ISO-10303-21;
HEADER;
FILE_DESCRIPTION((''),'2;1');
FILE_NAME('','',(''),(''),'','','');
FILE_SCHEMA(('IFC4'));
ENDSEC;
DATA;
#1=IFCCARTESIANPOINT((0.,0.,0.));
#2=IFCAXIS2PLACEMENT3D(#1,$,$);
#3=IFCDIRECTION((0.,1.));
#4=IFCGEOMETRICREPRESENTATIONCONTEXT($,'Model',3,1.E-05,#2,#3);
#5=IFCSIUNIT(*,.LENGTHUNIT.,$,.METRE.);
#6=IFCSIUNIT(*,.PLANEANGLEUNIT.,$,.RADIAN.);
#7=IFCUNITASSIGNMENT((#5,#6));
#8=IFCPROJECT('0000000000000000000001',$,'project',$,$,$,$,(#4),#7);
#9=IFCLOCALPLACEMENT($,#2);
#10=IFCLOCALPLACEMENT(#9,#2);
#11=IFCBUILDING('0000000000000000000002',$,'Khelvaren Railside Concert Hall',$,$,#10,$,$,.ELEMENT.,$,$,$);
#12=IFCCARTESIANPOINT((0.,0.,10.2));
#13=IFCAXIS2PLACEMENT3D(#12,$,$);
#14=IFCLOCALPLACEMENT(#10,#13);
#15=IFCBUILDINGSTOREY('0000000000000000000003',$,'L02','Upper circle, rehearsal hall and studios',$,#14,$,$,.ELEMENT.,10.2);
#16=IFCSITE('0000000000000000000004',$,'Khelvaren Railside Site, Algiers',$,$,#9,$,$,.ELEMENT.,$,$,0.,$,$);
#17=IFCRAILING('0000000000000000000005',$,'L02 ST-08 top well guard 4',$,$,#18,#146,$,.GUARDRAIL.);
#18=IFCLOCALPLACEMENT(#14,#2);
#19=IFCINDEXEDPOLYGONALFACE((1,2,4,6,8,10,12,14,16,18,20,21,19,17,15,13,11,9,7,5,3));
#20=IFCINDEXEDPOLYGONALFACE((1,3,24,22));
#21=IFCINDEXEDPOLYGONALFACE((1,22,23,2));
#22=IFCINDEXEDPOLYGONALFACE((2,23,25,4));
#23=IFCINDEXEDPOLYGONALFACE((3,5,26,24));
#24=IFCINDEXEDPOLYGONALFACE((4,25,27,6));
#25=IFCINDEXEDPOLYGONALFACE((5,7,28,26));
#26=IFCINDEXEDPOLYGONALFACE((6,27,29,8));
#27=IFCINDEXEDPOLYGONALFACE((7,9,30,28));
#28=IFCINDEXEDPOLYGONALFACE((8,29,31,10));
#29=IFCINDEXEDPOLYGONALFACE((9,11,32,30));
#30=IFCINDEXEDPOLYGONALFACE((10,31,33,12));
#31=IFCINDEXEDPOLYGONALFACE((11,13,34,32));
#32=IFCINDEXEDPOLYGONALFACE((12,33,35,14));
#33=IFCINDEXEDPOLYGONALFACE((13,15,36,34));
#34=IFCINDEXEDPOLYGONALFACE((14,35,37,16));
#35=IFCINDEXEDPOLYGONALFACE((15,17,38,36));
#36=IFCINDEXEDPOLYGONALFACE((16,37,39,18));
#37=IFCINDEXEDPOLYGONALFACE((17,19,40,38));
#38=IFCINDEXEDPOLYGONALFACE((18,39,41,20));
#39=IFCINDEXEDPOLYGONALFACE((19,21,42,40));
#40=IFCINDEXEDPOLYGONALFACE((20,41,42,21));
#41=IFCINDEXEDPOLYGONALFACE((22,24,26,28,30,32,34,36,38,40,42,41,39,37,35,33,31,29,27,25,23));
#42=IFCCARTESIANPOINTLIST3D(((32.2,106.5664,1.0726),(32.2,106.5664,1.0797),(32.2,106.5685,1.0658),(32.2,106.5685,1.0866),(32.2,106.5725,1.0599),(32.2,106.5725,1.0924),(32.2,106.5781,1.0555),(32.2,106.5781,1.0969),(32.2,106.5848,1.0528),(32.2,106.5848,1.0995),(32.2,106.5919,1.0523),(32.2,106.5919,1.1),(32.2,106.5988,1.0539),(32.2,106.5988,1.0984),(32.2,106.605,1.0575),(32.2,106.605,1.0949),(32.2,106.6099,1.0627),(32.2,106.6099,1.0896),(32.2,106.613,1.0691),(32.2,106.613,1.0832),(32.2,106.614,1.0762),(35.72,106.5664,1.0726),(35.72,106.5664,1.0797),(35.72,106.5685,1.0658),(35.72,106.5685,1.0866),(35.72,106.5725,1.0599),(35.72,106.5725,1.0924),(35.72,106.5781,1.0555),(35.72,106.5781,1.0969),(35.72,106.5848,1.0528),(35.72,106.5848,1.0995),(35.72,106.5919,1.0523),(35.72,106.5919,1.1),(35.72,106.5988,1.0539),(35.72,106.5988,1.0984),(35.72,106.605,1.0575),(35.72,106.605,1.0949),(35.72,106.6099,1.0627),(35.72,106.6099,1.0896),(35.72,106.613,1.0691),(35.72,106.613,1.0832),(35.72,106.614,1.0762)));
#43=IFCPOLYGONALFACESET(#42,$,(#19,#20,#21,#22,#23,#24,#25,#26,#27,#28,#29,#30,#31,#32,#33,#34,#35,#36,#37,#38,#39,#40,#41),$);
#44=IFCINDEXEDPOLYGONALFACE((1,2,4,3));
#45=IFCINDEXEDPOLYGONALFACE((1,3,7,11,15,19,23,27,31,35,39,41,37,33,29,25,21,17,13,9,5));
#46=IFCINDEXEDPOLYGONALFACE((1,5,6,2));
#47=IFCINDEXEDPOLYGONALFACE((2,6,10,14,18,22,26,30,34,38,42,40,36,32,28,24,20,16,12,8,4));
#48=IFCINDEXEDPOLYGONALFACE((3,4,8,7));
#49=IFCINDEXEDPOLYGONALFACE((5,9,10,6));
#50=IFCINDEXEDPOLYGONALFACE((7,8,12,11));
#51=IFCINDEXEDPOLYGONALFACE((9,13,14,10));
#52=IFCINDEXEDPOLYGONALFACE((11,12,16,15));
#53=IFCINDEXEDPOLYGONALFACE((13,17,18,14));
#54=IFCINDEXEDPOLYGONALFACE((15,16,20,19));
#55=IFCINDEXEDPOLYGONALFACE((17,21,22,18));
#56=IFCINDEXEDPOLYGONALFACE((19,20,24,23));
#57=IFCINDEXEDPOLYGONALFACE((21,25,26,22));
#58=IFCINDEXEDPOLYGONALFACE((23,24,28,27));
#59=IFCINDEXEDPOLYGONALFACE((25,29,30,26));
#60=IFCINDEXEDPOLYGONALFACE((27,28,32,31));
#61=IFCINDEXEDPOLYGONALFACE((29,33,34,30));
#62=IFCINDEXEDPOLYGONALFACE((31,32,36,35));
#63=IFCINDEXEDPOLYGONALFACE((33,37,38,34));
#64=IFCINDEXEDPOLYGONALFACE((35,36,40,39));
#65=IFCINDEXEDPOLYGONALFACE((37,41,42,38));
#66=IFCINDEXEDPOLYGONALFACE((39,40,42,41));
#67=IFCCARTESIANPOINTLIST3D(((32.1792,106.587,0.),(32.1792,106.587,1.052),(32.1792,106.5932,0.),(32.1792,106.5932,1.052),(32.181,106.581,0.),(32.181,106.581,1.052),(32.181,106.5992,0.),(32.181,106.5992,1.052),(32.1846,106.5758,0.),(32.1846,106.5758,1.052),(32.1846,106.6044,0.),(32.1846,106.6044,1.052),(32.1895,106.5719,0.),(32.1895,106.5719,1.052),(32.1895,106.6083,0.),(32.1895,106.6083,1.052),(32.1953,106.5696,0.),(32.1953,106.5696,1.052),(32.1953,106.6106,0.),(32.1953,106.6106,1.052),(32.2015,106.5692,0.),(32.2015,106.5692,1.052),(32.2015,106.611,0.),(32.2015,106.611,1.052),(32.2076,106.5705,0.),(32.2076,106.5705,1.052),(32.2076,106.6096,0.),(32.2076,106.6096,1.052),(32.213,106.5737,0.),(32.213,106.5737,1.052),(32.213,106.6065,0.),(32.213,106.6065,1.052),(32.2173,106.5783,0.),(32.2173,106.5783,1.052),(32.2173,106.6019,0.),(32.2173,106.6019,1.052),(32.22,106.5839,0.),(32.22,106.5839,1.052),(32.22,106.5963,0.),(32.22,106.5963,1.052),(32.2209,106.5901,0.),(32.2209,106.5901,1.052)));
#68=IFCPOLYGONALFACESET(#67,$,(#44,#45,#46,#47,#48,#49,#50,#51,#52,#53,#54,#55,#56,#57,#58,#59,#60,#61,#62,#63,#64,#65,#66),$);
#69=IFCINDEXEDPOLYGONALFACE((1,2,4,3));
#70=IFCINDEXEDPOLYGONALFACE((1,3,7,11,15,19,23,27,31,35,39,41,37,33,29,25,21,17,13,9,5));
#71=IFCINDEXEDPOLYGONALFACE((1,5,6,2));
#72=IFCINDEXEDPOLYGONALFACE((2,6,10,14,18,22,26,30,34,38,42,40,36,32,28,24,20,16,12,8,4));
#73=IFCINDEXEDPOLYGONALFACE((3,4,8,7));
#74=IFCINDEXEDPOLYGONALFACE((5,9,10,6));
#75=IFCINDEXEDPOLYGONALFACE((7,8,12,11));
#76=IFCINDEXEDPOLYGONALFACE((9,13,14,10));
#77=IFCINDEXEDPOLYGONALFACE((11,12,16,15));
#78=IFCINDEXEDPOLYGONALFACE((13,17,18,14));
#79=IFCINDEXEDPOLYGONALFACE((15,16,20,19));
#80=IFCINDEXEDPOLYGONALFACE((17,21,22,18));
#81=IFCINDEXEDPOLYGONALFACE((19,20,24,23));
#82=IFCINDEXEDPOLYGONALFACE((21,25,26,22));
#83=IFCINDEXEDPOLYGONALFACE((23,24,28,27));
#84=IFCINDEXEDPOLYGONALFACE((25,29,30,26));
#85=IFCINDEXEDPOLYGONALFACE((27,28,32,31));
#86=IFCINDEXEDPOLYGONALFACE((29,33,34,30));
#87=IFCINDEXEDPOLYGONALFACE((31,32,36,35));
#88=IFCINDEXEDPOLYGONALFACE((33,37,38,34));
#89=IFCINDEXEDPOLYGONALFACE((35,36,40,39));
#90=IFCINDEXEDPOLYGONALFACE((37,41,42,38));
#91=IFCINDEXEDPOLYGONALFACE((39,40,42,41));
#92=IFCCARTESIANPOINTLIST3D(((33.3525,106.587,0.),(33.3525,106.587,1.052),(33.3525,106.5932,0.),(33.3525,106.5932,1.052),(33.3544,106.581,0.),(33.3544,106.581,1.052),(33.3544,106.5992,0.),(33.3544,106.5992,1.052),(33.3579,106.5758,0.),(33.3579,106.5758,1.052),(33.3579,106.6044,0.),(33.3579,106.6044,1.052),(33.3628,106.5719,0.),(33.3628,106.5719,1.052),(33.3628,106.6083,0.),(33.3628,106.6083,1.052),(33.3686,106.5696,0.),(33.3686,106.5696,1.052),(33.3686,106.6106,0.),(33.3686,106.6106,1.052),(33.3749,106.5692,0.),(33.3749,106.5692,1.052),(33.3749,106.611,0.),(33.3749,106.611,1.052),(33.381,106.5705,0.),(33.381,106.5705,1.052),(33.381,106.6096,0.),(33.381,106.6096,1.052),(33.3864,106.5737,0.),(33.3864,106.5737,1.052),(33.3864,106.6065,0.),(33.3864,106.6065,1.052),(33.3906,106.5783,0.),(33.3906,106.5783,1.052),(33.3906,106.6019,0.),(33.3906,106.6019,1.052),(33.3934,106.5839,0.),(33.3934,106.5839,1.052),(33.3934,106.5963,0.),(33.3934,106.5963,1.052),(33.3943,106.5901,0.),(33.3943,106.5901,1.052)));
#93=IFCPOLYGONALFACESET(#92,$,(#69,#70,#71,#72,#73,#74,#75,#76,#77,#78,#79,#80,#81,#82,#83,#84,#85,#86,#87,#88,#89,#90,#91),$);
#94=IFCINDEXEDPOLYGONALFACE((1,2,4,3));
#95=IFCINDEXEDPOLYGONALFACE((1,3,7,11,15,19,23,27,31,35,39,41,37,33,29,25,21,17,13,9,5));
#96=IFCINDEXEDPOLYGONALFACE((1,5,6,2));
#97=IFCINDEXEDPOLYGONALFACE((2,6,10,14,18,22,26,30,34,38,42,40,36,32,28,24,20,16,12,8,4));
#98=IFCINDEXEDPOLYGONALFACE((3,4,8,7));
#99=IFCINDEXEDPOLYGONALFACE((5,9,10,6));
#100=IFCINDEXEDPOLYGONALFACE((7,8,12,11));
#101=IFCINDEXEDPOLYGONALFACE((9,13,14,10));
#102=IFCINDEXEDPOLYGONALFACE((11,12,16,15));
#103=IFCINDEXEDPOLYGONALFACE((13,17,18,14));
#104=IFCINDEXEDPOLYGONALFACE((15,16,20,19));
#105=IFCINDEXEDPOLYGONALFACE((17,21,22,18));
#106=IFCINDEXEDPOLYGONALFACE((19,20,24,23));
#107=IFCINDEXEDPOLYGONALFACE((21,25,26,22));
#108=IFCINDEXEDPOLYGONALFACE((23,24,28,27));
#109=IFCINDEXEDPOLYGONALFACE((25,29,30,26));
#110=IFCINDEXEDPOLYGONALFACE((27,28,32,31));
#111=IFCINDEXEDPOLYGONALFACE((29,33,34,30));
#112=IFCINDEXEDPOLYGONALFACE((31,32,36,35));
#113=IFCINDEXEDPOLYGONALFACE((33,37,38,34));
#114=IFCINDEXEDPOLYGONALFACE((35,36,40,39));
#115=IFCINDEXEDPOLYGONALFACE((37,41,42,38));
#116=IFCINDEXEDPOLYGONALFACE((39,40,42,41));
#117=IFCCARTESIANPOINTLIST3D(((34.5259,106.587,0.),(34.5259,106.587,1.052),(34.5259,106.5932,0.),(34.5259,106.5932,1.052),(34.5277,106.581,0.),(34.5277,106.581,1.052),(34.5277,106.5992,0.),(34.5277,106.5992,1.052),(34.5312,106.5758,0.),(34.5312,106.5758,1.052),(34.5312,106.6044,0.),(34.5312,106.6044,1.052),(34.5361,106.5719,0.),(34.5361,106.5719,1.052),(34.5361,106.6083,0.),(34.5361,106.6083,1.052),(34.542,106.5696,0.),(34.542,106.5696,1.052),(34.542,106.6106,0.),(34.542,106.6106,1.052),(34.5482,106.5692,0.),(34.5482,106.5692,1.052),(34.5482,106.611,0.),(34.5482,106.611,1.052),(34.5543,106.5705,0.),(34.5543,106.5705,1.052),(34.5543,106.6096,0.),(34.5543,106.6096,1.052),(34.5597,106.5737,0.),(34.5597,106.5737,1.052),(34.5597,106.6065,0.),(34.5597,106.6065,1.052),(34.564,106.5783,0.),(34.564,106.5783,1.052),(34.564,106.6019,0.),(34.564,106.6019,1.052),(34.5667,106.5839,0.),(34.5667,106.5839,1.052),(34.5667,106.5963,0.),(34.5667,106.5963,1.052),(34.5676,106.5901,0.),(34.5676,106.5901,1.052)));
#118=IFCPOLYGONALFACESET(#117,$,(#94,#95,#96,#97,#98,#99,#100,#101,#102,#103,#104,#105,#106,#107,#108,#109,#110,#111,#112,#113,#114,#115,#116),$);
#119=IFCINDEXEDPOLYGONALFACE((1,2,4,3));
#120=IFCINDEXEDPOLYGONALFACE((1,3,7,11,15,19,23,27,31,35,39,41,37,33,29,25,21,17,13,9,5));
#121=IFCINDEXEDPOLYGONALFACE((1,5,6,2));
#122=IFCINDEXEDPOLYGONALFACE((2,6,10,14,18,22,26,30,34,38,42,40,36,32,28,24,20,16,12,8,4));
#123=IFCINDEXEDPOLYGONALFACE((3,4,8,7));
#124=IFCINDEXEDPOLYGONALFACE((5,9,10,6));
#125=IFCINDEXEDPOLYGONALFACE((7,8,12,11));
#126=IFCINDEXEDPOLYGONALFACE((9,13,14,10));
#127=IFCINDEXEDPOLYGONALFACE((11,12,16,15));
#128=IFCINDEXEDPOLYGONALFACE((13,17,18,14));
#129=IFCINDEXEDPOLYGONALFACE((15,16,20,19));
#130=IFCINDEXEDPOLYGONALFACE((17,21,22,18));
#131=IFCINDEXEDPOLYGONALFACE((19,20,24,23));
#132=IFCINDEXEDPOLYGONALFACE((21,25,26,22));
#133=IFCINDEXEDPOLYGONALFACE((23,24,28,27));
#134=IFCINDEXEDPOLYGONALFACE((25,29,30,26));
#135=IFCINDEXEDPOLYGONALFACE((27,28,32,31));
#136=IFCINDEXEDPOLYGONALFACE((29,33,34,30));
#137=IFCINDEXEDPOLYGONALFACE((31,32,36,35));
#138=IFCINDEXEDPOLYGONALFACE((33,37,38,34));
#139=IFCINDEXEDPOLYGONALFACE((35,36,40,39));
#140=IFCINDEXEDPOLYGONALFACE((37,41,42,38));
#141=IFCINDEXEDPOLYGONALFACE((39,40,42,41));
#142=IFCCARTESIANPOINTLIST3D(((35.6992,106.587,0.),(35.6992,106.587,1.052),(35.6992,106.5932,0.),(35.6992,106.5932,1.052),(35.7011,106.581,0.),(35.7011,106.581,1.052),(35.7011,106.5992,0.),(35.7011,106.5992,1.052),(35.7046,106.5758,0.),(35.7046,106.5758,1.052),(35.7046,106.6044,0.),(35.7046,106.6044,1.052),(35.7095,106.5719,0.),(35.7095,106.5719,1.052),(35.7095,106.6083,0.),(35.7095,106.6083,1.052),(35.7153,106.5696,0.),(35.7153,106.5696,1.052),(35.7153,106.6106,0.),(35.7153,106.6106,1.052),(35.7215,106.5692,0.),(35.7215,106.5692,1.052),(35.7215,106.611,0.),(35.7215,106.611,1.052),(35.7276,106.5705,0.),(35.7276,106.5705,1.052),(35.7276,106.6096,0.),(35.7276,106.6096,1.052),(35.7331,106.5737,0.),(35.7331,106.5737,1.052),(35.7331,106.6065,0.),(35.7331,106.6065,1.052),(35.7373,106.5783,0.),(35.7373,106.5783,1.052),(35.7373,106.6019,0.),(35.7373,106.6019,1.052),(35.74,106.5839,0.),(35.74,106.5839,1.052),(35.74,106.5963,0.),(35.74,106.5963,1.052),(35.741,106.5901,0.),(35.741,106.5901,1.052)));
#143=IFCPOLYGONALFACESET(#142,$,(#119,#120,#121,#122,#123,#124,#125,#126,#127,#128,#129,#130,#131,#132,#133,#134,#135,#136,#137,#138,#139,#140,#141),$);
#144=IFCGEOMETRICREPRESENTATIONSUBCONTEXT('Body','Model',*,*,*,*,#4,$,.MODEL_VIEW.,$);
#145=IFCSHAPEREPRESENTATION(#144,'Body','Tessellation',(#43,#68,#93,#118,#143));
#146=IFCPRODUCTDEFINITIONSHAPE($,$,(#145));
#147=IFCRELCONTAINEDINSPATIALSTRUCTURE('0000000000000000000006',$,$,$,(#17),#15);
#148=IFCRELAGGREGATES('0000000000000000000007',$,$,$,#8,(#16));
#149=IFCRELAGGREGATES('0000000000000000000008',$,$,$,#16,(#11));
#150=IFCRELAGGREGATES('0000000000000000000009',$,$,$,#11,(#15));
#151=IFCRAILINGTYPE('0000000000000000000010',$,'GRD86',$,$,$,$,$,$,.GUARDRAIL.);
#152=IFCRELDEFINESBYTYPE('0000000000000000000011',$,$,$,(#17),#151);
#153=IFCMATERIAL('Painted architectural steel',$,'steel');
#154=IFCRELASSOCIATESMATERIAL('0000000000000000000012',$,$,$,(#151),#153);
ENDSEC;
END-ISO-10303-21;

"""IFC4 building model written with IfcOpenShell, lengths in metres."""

from ifc_helpers import new_model, si_unit, direction, frame, origin, origin_2d, place, context, subcontext, project, spatial, circle, extrude, material, type_object, element, save


model = new_model("IFC4")

# Units and contexts
model_context = context("Model", 3, precision=1e-05, world=origin(), true_north=direction((0.0, 1.0)))
body_context = subcontext(model_context, "Body", "Model", "MODEL_VIEW")
ifc_project = project(units=[si_unit("LENGTHUNIT", "METRE"), si_unit("PLANEANGLEUNIT", "RADIAN")], contexts=[model_context])

# Site, building, storey
site_placement = place(None, origin())
site = spatial("IfcSite", under=ifc_project, at=site_placement, Name="Khelvaren Railside Site, Algiers", CompositionType="ELEMENT", RefElevation=0.0)
building_placement = place(site_placement, origin())
building = spatial("IfcBuilding", under=site, at=building_placement, Name="Khelvaren Railside Concert Hall", CompositionType="ELEMENT")
storey_placement = place(building_placement, frame((0.0, 0.0, 10.2)))
storey = spatial("IfcBuildingStorey", under=building, at=storey_placement, Name="L02", Description="Upper circle, rehearsal hall and studios", CompositionType="ELEMENT", Elevation=10.2)

# Railing
ifc_material_1 = material(Name="Painted architectural steel", Category="steel")
railing_type = type_object("IfcRailingType", Name="GRD86", PredefinedType="GUARDRAIL", material=ifc_material_1)
railing_1_placement = place(storey_placement, frame((32.2, 106.5901, 0.0)))
element("IfcRailing", 1, at=railing_1_placement, inside=storey, type_object=railing_type, Name="L02 ST-08 top well guard 4", PredefinedType="GUARDRAIL", context=body_context, shape_type="SweptSolid", body=[
    extrude(circle(Radius=0.0239, at=origin_2d()), frame((0.0, 0.0, 1.0762), z_axis=(1.0, 0.0, 0.0), x_axis=(0.0, 1.0, 0.0)), (0.0, 0.0, 1.0), 3.52),
    extrude(circle(Radius=0.021, at=origin_2d()), origin(), (0.0, 0.0, 1.0), 1.052),
    extrude(circle(Radius=0.021, at=origin_2d()), frame((1.1733, 0.0, 0.0)), (0.0, 0.0, 1.0), 1.052),
    extrude(circle(Radius=0.021, at=origin_2d()), frame((2.3467, 0.0, 0.0)), (0.0, 0.0, 1.0), 1.052),
    extrude(circle(Radius=0.021, at=origin_2d()), frame((3.52, 0.0, 0.0)), (0.0, 0.0, 1.0), 1.052),
])

save(model, "model.ifc")
